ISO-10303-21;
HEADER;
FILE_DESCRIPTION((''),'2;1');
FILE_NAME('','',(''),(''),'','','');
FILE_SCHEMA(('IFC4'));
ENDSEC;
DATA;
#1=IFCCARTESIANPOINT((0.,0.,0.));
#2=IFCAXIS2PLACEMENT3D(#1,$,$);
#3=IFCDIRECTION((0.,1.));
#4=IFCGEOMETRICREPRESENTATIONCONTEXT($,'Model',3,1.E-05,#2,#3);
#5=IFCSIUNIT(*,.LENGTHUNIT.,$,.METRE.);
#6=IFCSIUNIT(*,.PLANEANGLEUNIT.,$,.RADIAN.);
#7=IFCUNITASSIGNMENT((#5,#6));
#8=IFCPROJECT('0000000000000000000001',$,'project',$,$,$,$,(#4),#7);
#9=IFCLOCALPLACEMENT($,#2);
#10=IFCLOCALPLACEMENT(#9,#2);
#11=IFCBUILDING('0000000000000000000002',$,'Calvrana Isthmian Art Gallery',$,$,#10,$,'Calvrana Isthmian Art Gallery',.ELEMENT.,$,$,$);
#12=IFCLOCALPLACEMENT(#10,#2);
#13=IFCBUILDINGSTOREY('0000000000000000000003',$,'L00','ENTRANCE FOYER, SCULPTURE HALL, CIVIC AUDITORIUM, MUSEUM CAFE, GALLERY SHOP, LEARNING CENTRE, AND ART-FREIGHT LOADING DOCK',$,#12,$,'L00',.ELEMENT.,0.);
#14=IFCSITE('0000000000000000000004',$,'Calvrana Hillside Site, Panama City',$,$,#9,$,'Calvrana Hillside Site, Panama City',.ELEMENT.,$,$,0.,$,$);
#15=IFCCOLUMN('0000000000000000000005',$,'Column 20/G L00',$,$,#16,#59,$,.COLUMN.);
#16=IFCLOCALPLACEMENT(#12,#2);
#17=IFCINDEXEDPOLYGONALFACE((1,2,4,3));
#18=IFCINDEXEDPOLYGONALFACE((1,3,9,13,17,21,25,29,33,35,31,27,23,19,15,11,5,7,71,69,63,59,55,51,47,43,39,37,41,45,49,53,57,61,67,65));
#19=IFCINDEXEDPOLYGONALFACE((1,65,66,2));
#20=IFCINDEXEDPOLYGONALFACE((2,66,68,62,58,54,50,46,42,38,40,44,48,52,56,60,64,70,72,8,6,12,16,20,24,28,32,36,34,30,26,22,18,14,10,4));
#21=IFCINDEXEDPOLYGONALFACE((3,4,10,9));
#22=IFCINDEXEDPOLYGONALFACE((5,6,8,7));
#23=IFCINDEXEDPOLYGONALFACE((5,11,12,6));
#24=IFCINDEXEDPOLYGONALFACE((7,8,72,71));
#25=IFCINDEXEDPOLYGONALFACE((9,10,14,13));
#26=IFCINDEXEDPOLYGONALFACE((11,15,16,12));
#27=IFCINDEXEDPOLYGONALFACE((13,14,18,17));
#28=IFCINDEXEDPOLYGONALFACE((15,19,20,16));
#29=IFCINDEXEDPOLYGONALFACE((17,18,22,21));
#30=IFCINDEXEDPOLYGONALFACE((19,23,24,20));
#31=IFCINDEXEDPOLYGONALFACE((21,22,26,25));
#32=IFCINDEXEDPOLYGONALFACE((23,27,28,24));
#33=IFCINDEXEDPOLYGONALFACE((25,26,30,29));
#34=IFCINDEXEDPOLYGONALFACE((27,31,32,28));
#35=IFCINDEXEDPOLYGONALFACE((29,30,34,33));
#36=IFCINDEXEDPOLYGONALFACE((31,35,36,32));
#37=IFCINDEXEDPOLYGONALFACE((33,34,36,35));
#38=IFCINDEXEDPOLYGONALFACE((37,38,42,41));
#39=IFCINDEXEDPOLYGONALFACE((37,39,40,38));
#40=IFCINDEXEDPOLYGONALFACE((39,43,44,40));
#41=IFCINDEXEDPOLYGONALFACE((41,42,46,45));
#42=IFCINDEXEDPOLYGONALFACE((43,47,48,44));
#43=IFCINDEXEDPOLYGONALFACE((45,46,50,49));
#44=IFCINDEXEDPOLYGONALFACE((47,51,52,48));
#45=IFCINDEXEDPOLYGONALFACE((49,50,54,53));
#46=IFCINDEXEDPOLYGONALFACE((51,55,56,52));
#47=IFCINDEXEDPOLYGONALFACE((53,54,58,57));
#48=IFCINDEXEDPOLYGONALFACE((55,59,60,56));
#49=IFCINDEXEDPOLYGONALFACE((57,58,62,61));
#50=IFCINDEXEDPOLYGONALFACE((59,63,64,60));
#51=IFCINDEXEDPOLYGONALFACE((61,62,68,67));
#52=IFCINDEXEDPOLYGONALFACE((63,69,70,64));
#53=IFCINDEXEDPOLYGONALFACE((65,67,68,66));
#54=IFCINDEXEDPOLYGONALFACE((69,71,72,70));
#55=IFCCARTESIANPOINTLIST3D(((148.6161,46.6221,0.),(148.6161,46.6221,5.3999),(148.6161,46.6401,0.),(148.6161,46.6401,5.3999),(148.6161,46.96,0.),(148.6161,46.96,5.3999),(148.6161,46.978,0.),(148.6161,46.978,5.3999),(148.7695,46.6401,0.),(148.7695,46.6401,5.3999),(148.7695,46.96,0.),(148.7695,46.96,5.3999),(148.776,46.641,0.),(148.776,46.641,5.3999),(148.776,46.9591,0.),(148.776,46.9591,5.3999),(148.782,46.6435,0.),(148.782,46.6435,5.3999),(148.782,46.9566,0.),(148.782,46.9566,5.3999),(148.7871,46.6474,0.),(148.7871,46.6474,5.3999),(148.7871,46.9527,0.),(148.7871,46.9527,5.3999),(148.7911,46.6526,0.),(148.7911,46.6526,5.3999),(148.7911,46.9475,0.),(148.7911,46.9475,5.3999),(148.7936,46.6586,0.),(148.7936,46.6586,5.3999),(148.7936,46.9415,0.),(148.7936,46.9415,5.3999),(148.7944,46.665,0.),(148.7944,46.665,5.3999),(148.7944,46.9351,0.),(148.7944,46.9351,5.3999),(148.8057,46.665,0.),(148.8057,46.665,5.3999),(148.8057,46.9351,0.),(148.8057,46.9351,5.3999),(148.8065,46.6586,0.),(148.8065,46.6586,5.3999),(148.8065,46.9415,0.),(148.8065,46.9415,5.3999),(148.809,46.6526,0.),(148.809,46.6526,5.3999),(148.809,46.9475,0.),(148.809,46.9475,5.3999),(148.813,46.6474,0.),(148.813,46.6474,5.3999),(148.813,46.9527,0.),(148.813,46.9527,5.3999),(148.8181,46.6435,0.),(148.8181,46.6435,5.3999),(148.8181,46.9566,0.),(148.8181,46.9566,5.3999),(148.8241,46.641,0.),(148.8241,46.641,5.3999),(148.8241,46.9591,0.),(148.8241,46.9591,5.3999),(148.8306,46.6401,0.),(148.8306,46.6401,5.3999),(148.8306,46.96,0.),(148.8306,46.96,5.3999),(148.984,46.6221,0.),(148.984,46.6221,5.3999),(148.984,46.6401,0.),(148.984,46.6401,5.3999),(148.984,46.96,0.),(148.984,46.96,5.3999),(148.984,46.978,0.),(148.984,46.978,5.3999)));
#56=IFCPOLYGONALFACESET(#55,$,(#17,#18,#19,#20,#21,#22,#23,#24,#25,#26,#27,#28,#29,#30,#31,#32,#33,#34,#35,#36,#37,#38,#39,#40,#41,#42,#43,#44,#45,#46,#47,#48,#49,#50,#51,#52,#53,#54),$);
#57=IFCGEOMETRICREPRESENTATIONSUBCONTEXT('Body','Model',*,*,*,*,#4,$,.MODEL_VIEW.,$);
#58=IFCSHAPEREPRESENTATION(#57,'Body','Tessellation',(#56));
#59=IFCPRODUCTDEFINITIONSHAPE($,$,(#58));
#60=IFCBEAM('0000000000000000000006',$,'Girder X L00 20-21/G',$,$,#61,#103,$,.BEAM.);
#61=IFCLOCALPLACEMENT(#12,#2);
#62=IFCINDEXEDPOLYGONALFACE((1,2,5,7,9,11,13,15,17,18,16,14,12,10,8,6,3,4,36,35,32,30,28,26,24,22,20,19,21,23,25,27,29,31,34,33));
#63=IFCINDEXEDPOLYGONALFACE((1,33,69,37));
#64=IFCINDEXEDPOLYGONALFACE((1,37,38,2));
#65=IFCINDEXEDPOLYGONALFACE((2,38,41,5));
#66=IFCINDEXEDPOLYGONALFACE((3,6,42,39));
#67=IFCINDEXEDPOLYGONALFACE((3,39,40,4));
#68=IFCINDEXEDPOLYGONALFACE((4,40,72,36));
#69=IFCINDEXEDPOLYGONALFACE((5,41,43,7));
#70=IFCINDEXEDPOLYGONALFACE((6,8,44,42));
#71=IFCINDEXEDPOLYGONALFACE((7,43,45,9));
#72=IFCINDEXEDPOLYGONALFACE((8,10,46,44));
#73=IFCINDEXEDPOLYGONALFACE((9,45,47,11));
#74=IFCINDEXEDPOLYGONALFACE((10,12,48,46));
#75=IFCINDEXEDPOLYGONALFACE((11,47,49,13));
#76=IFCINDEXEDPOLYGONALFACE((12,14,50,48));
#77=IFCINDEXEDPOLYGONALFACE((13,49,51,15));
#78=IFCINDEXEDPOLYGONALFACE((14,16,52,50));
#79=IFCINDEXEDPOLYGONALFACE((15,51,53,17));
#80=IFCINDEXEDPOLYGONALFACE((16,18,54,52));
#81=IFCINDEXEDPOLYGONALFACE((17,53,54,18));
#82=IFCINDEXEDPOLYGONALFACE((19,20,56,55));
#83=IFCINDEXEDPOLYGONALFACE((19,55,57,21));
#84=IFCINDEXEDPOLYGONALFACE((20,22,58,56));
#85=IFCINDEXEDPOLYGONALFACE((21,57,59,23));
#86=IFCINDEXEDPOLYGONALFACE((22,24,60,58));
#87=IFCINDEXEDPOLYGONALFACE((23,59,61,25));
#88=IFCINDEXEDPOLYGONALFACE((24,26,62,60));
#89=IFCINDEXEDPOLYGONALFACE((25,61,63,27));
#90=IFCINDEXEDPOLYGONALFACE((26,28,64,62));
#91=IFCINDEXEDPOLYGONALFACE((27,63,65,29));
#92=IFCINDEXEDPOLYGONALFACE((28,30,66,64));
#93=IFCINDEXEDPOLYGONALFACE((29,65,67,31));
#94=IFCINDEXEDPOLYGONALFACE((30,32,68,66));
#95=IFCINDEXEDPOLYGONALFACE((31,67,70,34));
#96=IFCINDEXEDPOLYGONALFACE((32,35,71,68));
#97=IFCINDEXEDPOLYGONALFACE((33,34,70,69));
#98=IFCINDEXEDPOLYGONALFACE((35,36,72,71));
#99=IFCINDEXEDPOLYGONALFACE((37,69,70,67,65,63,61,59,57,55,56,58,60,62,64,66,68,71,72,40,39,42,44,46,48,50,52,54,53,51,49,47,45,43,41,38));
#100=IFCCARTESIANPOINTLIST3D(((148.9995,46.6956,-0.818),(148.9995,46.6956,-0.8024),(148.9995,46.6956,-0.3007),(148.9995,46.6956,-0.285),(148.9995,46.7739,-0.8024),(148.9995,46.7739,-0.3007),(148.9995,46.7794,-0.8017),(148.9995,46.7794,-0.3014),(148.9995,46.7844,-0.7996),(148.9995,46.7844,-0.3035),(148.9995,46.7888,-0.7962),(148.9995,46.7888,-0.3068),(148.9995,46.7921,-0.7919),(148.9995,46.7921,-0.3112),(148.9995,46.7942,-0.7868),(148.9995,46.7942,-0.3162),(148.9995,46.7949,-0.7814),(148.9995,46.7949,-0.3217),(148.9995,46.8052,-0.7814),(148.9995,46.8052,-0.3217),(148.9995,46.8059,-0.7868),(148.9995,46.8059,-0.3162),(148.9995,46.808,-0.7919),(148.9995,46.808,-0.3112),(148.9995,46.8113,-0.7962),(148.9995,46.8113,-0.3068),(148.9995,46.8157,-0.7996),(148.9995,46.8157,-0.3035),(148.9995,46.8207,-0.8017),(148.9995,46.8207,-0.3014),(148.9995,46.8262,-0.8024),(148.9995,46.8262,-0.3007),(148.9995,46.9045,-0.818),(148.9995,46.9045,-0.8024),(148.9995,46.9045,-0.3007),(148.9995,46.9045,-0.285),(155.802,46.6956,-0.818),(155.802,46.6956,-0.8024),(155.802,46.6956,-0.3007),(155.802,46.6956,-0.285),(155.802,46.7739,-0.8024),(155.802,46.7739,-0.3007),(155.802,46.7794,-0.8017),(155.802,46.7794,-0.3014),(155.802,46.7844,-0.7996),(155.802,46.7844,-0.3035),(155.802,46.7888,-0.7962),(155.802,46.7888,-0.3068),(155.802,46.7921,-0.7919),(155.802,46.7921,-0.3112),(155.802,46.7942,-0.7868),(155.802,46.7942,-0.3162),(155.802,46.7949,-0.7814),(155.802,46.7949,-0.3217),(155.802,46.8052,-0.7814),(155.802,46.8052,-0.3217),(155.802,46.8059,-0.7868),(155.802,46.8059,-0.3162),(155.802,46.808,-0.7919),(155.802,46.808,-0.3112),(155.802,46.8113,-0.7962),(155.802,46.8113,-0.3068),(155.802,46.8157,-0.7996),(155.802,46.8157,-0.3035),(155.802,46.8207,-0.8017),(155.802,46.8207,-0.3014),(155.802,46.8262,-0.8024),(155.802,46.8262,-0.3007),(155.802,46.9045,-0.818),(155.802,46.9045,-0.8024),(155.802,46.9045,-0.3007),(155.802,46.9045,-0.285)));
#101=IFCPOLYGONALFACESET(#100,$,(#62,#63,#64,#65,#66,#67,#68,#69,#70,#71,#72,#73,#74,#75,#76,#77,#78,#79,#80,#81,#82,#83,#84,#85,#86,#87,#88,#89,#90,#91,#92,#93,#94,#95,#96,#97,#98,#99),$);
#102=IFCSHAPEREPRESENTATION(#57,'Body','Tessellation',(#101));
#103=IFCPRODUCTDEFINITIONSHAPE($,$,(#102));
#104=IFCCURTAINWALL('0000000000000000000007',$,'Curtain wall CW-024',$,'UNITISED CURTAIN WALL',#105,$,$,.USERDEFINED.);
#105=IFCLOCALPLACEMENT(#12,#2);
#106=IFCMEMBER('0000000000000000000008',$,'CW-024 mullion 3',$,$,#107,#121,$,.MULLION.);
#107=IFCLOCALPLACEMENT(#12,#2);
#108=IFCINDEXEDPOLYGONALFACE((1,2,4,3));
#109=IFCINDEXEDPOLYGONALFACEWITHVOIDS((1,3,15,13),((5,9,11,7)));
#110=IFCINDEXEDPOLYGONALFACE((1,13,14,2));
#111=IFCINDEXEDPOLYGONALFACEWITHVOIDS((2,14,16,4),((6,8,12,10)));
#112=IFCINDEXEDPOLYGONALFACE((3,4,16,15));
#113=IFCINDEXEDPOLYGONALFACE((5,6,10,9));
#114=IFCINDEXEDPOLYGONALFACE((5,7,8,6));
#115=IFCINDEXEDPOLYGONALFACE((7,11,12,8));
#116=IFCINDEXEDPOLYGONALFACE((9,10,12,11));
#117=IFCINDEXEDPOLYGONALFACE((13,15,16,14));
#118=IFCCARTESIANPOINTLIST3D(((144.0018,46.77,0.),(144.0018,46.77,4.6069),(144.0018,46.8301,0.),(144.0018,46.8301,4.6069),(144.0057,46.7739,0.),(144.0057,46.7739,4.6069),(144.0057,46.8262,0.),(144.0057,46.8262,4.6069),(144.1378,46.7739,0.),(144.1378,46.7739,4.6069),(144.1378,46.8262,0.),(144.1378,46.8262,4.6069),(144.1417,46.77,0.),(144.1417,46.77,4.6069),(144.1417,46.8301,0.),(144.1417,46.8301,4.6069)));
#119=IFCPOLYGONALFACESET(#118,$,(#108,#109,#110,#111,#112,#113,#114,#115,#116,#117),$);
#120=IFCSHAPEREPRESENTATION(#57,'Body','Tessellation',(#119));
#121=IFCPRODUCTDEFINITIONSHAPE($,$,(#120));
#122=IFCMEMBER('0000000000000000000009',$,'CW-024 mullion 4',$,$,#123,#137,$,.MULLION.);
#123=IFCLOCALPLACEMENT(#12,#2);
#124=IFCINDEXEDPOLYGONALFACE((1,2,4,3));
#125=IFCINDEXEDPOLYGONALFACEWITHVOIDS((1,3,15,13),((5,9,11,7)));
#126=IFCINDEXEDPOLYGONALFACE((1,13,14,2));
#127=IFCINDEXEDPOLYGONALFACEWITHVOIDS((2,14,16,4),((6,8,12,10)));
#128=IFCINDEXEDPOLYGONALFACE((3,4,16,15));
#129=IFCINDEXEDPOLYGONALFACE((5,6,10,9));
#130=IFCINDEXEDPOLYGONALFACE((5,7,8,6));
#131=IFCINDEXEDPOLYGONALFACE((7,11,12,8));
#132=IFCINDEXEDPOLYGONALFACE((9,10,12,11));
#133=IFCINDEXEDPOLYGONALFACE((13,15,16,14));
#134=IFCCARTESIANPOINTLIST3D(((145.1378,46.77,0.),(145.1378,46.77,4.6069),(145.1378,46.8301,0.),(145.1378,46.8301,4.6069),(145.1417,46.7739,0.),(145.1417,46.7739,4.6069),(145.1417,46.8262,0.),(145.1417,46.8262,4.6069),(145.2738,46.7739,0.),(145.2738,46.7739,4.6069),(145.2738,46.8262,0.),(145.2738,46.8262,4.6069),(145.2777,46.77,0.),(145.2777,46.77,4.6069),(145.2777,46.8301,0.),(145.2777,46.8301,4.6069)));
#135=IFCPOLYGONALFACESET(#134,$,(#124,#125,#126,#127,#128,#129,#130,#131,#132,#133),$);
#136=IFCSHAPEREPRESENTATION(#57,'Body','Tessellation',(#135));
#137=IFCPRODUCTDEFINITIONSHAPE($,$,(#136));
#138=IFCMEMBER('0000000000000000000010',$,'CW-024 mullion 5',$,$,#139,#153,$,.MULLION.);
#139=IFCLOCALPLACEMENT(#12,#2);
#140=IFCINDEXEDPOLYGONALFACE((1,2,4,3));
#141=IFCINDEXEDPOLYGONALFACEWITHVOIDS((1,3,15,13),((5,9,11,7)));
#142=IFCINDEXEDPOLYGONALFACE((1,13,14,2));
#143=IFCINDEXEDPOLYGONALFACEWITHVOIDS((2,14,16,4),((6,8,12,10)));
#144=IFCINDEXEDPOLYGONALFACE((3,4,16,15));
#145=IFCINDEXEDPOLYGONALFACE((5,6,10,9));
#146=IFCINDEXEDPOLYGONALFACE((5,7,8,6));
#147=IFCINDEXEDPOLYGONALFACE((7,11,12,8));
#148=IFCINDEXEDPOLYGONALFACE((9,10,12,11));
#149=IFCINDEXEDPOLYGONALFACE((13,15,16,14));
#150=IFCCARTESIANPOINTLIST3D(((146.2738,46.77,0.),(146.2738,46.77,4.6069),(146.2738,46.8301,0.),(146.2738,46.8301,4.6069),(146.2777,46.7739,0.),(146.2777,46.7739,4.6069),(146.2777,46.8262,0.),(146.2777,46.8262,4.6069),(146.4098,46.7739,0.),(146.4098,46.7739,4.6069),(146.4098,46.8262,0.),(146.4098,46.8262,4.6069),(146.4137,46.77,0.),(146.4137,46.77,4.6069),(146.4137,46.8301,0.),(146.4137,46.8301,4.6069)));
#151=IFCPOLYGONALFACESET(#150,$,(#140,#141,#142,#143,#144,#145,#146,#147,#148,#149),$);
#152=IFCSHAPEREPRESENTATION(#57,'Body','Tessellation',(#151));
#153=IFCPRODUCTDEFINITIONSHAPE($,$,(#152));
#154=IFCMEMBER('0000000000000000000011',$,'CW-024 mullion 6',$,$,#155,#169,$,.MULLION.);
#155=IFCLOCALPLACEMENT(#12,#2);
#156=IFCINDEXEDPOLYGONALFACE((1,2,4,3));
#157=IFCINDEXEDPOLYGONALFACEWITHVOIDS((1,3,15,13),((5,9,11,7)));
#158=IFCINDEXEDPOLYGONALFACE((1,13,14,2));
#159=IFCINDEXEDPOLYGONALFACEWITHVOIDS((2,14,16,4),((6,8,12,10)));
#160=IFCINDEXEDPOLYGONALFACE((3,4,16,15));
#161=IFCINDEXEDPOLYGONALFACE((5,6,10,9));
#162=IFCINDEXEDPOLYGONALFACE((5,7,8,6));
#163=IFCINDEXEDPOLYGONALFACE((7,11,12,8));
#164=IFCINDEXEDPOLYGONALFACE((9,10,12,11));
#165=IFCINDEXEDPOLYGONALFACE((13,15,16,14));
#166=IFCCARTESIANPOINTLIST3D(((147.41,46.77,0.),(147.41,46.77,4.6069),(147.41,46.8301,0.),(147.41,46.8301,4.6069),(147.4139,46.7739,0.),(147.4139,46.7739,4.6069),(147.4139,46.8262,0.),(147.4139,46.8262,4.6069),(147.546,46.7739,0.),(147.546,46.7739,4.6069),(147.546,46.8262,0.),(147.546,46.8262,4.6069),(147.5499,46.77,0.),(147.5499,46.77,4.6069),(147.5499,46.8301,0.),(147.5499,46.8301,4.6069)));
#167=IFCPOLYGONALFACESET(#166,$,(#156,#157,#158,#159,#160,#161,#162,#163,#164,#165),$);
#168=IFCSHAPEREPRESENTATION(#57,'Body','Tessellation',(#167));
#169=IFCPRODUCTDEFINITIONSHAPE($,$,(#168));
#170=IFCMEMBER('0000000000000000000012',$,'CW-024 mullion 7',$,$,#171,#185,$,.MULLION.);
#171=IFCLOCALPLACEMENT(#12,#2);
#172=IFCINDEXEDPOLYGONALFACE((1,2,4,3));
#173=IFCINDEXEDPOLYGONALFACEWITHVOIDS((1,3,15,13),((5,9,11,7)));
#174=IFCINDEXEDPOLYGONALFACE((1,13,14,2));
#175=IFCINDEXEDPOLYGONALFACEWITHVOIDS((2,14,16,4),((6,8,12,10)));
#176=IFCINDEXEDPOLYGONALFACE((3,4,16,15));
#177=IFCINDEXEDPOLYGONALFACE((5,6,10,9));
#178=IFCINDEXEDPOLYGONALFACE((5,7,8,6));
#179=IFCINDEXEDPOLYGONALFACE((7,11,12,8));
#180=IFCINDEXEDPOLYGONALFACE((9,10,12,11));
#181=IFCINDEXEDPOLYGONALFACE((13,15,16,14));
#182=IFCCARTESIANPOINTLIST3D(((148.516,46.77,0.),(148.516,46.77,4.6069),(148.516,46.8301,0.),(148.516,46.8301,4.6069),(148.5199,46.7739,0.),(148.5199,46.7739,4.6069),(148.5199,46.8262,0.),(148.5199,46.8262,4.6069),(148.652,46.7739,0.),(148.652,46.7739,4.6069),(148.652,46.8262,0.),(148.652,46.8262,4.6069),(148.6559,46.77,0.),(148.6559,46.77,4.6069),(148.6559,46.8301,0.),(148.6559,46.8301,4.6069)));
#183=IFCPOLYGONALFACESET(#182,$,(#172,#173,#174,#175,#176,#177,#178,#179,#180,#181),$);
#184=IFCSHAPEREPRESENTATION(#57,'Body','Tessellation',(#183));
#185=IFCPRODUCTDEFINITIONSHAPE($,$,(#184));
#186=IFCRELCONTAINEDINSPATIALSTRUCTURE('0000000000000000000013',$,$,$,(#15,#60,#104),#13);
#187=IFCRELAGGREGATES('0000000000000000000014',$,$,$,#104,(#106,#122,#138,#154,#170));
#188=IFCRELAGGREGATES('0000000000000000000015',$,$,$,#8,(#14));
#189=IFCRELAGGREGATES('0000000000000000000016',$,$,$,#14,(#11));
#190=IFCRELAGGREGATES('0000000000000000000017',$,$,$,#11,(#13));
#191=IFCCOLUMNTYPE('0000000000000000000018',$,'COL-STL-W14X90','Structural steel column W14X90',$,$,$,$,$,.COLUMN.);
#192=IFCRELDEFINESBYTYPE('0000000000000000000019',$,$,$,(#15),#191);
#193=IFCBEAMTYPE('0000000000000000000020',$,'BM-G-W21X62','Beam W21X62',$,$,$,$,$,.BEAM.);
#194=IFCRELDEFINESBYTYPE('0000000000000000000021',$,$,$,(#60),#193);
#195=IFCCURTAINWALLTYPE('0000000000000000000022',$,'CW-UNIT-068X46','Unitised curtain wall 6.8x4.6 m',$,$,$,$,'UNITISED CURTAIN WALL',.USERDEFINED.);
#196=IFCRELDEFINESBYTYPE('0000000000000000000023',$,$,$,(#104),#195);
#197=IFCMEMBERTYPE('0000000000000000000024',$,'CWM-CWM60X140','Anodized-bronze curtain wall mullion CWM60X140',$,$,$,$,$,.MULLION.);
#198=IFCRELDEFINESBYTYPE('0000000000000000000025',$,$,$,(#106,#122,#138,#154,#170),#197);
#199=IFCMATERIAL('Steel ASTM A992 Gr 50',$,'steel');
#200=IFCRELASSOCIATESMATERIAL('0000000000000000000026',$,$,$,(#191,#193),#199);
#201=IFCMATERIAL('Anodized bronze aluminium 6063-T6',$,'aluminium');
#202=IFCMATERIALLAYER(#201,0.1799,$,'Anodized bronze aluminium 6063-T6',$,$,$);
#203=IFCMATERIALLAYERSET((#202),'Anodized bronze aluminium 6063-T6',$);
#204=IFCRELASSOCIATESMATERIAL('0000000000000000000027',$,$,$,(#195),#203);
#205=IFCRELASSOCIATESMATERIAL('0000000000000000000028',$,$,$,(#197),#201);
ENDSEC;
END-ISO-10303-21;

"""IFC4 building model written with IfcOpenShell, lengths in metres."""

from ifc_helpers import new_model, si_unit, direction, frame, origin, origin_2d, place, context, subcontext, project, spatial, hollow_rectangle, i_section, extrude, material, layer, layer_set, material_profile, profile_set, type_object, element, aggregate, save


model = new_model("IFC4")

# Units and contexts
model_context = context("Model", 3, precision=1e-05, world=origin(), true_north=direction((0.0, 1.0)))
body_context = subcontext(model_context, "Body", "Model", "MODEL_VIEW")
ifc_project = project(units=[si_unit("LENGTHUNIT", "METRE"), si_unit("PLANEANGLEUNIT", "RADIAN")], contexts=[model_context])

# Site, building, storey
site_placement = place(None, origin())
site = spatial("IfcSite", under=ifc_project, at=site_placement, Name="Calvrana Hillside Site, Panama City", LongName="Calvrana Hillside Site, Panama City", CompositionType="ELEMENT", RefElevation=0.0)
building_placement = place(site_placement, origin())
building = spatial("IfcBuilding", under=site, at=building_placement, Name="Calvrana Isthmian Art Gallery", LongName="Calvrana Isthmian Art Gallery", CompositionType="ELEMENT")
storey_placement = place(building_placement, origin())
storey = spatial("IfcBuildingStorey", under=building, at=storey_placement, Name="L00", Description="ENTRANCE FOYER, SCULPTURE HALL, CIVIC AUDITORIUM, MUSEUM CAFE, GALLERY SHOP, LEARNING CENTRE, AND ART-FREIGHT LOADING DOCK", LongName="L00", CompositionType="ELEMENT", Elevation=0.0)

# Column
ifc_material_1 = material(Name="Steel ASTM A992 Gr 50", Category="steel")
ifc_material_profile_1 = material_profile(ifc_material_1, i_section(OverallWidth=0.3679, OverallDepth=0.356, WebThickness=0.0112, FlangeThickness=0.0181, FilletRadius=0.0249, at=origin_2d()), Name="W14X90")
ifc_profile_set_1 = profile_set([ifc_material_profile_1], Name="Steel ASTM A992 Gr 50")
column_type = type_object("IfcColumnType", Name="COL-STL-W14X90", Description="Structural steel column W14X90", PredefinedType="COLUMN", material=ifc_profile_set_1)
column_placement = place(storey_placement, frame((148.8, 46.8, 0.0), z_axis=(0.0, 0.0, 1.0), x_axis=(1.0, 0.0, 0.0)))
element("IfcColumn", 1, at=column_placement, inside=storey, type_object=column_type, Name="Column 20/G L00", PredefinedType="COLUMN", context=body_context, shape_type="SweptSolid", body=[
    extrude(i_section(OverallWidth=0.3679, OverallDepth=0.356, WebThickness=0.0112, FlangeThickness=0.0181, FilletRadius=0.0249, at=origin_2d()), origin(), (0.0, 0.0, 1.0), 5.3999),
])

# Beam
ifc_material_profile_2 = material_profile(ifc_material_1, i_section(OverallWidth=0.209, OverallDepth=0.533, WebThickness=0.0103, FlangeThickness=0.0156, FilletRadius=0.021, at=origin_2d()), Name="W21X62")
ifc_profile_set_2 = profile_set([ifc_material_profile_2], Name="Steel ASTM A992 Gr 50")
beam_type = type_object("IfcBeamType", Name="BM-G-W21X62", Description="Beam W21X62", PredefinedType="BEAM", material=ifc_profile_set_2)
beam_placement = place(storey_placement, frame((148.9995, 46.8, -0.5515), z_axis=(1.0, 0.0, 0.0), x_axis=(0.0, 1.0, 0.0)))
element("IfcBeam", 2, at=beam_placement, inside=storey, type_object=beam_type, Name="Girder X L00 20-21/G", PredefinedType="BEAM", context=body_context, shape_type="SweptSolid", body=[
    extrude(i_section(OverallWidth=0.209, OverallDepth=0.533, WebThickness=0.0103, FlangeThickness=0.0156, FilletRadius=0.021, at=origin_2d()), origin(), (0.0, 0.0, 1.0), 6.8025),
])

# Curtain wall, members
ifc_material_2 = material(Name="Anodized bronze aluminium 6063-T6", Category="aluminium")
ifc_layer_1 = layer(ifc_material_2, 0.1799, Name="Anodized bronze aluminium 6063-T6")
ifc_layer_set_1 = layer_set([ifc_layer_1], Name="Anodized bronze aluminium 6063-T6")
curtain_wall_type = type_object("IfcCurtainWallType", Name="CW-UNIT-068X46", Description="Unitised curtain wall 6.8x4.6 m", ElementType="UNITISED CURTAIN WALL", PredefinedType="USERDEFINED", material=ifc_layer_set_1)
curtain_wall_placement = place(storey_placement, origin())
curtain_wall = element("IfcCurtainWall", 3, at=curtain_wall_placement, inside=storey, type_object=curtain_wall_type, Name="Curtain wall CW-024", ObjectType="UNITISED CURTAIN WALL", PredefinedType="USERDEFINED")
ifc_material_profile_3 = material_profile(ifc_material_2, hollow_rectangle(XDim=0.0601, YDim=0.1399, WallThickness=0.0039, at=origin_2d()), Name="CWM60X140")
ifc_profile_set_3 = profile_set([ifc_material_profile_3], Name="Anodized bronze aluminium 6063-T6")
member_type_1 = type_object("IfcMemberType", Name="CWM-CWM60X140", Description="Anodized-bronze curtain wall mullion CWM60X140", PredefinedType="MULLION", material=ifc_profile_set_3)
member_1_placement = place(storey_placement, frame((144.0718, 46.8, 0.0), z_axis=(0.0, 0.0, 1.0), x_axis=(0.0, 1.0, 0.0)))
member_1 = element("IfcMember", 4, at=member_1_placement, type_object=member_type_1, Name="CW-024 mullion 3", PredefinedType="MULLION", context=body_context, shape_type="SweptSolid", body=[
    extrude(hollow_rectangle(XDim=0.0601, YDim=0.1399, WallThickness=0.0039, at=origin_2d()), origin(), (0.0, 0.0, 1.0), 4.6069),
])
member_2_placement = place(storey_placement, frame((145.2078, 46.8, 0.0), z_axis=(0.0, 0.0, 1.0), x_axis=(0.0, 1.0, 0.0)))
member_2 = element("IfcMember", 5, at=member_2_placement, type_object=member_type_1, Name="CW-024 mullion 4", PredefinedType="MULLION", context=body_context, shape_type="SweptSolid", body=[
    extrude(hollow_rectangle(XDim=0.0601, YDim=0.1399, WallThickness=0.0039, at=origin_2d()), origin(), (0.0, 0.0, 1.0), 4.6069),
])
member_3_placement = place(storey_placement, frame((146.3438, 46.8, 0.0), z_axis=(0.0, 0.0, 1.0), x_axis=(0.0, 1.0, 0.0)))
member_3 = element("IfcMember", 6, at=member_3_placement, type_object=member_type_1, Name="CW-024 mullion 5", PredefinedType="MULLION", context=body_context, shape_type="SweptSolid", body=[
    extrude(hollow_rectangle(XDim=0.0601, YDim=0.1399, WallThickness=0.0039, at=origin_2d()), origin(), (0.0, 0.0, 1.0), 4.6069),
])
member_4_placement = place(storey_placement, frame((147.48, 46.8, 0.0), z_axis=(0.0, 0.0, 1.0), x_axis=(0.0, 1.0, 0.0)))
member_4 = element("IfcMember", 7, at=member_4_placement, type_object=member_type_1, Name="CW-024 mullion 6", PredefinedType="MULLION", context=body_context, shape_type="SweptSolid", body=[
    extrude(hollow_rectangle(XDim=0.0601, YDim=0.1399, WallThickness=0.0039, at=origin_2d()), origin(), (0.0, 0.0, 1.0), 4.6069),
])
member_5_placement = place(storey_placement, frame((148.5859, 46.8, 0.0), z_axis=(0.0, 0.0, 1.0), x_axis=(0.0, 1.0, 0.0)))
member_5 = element("IfcMember", 8, at=member_5_placement, type_object=member_type_1, Name="CW-024 mullion 7", PredefinedType="MULLION", context=body_context, shape_type="SweptSolid", body=[
    extrude(hollow_rectangle(XDim=0.0601, YDim=0.1399, WallThickness=0.0039, at=origin_2d()), origin(), (0.0, 0.0, 1.0), 4.6069),
])
aggregate(curtain_wall, [member_1, member_2, member_3, member_4, member_5])

save(model, "model.ifc")
